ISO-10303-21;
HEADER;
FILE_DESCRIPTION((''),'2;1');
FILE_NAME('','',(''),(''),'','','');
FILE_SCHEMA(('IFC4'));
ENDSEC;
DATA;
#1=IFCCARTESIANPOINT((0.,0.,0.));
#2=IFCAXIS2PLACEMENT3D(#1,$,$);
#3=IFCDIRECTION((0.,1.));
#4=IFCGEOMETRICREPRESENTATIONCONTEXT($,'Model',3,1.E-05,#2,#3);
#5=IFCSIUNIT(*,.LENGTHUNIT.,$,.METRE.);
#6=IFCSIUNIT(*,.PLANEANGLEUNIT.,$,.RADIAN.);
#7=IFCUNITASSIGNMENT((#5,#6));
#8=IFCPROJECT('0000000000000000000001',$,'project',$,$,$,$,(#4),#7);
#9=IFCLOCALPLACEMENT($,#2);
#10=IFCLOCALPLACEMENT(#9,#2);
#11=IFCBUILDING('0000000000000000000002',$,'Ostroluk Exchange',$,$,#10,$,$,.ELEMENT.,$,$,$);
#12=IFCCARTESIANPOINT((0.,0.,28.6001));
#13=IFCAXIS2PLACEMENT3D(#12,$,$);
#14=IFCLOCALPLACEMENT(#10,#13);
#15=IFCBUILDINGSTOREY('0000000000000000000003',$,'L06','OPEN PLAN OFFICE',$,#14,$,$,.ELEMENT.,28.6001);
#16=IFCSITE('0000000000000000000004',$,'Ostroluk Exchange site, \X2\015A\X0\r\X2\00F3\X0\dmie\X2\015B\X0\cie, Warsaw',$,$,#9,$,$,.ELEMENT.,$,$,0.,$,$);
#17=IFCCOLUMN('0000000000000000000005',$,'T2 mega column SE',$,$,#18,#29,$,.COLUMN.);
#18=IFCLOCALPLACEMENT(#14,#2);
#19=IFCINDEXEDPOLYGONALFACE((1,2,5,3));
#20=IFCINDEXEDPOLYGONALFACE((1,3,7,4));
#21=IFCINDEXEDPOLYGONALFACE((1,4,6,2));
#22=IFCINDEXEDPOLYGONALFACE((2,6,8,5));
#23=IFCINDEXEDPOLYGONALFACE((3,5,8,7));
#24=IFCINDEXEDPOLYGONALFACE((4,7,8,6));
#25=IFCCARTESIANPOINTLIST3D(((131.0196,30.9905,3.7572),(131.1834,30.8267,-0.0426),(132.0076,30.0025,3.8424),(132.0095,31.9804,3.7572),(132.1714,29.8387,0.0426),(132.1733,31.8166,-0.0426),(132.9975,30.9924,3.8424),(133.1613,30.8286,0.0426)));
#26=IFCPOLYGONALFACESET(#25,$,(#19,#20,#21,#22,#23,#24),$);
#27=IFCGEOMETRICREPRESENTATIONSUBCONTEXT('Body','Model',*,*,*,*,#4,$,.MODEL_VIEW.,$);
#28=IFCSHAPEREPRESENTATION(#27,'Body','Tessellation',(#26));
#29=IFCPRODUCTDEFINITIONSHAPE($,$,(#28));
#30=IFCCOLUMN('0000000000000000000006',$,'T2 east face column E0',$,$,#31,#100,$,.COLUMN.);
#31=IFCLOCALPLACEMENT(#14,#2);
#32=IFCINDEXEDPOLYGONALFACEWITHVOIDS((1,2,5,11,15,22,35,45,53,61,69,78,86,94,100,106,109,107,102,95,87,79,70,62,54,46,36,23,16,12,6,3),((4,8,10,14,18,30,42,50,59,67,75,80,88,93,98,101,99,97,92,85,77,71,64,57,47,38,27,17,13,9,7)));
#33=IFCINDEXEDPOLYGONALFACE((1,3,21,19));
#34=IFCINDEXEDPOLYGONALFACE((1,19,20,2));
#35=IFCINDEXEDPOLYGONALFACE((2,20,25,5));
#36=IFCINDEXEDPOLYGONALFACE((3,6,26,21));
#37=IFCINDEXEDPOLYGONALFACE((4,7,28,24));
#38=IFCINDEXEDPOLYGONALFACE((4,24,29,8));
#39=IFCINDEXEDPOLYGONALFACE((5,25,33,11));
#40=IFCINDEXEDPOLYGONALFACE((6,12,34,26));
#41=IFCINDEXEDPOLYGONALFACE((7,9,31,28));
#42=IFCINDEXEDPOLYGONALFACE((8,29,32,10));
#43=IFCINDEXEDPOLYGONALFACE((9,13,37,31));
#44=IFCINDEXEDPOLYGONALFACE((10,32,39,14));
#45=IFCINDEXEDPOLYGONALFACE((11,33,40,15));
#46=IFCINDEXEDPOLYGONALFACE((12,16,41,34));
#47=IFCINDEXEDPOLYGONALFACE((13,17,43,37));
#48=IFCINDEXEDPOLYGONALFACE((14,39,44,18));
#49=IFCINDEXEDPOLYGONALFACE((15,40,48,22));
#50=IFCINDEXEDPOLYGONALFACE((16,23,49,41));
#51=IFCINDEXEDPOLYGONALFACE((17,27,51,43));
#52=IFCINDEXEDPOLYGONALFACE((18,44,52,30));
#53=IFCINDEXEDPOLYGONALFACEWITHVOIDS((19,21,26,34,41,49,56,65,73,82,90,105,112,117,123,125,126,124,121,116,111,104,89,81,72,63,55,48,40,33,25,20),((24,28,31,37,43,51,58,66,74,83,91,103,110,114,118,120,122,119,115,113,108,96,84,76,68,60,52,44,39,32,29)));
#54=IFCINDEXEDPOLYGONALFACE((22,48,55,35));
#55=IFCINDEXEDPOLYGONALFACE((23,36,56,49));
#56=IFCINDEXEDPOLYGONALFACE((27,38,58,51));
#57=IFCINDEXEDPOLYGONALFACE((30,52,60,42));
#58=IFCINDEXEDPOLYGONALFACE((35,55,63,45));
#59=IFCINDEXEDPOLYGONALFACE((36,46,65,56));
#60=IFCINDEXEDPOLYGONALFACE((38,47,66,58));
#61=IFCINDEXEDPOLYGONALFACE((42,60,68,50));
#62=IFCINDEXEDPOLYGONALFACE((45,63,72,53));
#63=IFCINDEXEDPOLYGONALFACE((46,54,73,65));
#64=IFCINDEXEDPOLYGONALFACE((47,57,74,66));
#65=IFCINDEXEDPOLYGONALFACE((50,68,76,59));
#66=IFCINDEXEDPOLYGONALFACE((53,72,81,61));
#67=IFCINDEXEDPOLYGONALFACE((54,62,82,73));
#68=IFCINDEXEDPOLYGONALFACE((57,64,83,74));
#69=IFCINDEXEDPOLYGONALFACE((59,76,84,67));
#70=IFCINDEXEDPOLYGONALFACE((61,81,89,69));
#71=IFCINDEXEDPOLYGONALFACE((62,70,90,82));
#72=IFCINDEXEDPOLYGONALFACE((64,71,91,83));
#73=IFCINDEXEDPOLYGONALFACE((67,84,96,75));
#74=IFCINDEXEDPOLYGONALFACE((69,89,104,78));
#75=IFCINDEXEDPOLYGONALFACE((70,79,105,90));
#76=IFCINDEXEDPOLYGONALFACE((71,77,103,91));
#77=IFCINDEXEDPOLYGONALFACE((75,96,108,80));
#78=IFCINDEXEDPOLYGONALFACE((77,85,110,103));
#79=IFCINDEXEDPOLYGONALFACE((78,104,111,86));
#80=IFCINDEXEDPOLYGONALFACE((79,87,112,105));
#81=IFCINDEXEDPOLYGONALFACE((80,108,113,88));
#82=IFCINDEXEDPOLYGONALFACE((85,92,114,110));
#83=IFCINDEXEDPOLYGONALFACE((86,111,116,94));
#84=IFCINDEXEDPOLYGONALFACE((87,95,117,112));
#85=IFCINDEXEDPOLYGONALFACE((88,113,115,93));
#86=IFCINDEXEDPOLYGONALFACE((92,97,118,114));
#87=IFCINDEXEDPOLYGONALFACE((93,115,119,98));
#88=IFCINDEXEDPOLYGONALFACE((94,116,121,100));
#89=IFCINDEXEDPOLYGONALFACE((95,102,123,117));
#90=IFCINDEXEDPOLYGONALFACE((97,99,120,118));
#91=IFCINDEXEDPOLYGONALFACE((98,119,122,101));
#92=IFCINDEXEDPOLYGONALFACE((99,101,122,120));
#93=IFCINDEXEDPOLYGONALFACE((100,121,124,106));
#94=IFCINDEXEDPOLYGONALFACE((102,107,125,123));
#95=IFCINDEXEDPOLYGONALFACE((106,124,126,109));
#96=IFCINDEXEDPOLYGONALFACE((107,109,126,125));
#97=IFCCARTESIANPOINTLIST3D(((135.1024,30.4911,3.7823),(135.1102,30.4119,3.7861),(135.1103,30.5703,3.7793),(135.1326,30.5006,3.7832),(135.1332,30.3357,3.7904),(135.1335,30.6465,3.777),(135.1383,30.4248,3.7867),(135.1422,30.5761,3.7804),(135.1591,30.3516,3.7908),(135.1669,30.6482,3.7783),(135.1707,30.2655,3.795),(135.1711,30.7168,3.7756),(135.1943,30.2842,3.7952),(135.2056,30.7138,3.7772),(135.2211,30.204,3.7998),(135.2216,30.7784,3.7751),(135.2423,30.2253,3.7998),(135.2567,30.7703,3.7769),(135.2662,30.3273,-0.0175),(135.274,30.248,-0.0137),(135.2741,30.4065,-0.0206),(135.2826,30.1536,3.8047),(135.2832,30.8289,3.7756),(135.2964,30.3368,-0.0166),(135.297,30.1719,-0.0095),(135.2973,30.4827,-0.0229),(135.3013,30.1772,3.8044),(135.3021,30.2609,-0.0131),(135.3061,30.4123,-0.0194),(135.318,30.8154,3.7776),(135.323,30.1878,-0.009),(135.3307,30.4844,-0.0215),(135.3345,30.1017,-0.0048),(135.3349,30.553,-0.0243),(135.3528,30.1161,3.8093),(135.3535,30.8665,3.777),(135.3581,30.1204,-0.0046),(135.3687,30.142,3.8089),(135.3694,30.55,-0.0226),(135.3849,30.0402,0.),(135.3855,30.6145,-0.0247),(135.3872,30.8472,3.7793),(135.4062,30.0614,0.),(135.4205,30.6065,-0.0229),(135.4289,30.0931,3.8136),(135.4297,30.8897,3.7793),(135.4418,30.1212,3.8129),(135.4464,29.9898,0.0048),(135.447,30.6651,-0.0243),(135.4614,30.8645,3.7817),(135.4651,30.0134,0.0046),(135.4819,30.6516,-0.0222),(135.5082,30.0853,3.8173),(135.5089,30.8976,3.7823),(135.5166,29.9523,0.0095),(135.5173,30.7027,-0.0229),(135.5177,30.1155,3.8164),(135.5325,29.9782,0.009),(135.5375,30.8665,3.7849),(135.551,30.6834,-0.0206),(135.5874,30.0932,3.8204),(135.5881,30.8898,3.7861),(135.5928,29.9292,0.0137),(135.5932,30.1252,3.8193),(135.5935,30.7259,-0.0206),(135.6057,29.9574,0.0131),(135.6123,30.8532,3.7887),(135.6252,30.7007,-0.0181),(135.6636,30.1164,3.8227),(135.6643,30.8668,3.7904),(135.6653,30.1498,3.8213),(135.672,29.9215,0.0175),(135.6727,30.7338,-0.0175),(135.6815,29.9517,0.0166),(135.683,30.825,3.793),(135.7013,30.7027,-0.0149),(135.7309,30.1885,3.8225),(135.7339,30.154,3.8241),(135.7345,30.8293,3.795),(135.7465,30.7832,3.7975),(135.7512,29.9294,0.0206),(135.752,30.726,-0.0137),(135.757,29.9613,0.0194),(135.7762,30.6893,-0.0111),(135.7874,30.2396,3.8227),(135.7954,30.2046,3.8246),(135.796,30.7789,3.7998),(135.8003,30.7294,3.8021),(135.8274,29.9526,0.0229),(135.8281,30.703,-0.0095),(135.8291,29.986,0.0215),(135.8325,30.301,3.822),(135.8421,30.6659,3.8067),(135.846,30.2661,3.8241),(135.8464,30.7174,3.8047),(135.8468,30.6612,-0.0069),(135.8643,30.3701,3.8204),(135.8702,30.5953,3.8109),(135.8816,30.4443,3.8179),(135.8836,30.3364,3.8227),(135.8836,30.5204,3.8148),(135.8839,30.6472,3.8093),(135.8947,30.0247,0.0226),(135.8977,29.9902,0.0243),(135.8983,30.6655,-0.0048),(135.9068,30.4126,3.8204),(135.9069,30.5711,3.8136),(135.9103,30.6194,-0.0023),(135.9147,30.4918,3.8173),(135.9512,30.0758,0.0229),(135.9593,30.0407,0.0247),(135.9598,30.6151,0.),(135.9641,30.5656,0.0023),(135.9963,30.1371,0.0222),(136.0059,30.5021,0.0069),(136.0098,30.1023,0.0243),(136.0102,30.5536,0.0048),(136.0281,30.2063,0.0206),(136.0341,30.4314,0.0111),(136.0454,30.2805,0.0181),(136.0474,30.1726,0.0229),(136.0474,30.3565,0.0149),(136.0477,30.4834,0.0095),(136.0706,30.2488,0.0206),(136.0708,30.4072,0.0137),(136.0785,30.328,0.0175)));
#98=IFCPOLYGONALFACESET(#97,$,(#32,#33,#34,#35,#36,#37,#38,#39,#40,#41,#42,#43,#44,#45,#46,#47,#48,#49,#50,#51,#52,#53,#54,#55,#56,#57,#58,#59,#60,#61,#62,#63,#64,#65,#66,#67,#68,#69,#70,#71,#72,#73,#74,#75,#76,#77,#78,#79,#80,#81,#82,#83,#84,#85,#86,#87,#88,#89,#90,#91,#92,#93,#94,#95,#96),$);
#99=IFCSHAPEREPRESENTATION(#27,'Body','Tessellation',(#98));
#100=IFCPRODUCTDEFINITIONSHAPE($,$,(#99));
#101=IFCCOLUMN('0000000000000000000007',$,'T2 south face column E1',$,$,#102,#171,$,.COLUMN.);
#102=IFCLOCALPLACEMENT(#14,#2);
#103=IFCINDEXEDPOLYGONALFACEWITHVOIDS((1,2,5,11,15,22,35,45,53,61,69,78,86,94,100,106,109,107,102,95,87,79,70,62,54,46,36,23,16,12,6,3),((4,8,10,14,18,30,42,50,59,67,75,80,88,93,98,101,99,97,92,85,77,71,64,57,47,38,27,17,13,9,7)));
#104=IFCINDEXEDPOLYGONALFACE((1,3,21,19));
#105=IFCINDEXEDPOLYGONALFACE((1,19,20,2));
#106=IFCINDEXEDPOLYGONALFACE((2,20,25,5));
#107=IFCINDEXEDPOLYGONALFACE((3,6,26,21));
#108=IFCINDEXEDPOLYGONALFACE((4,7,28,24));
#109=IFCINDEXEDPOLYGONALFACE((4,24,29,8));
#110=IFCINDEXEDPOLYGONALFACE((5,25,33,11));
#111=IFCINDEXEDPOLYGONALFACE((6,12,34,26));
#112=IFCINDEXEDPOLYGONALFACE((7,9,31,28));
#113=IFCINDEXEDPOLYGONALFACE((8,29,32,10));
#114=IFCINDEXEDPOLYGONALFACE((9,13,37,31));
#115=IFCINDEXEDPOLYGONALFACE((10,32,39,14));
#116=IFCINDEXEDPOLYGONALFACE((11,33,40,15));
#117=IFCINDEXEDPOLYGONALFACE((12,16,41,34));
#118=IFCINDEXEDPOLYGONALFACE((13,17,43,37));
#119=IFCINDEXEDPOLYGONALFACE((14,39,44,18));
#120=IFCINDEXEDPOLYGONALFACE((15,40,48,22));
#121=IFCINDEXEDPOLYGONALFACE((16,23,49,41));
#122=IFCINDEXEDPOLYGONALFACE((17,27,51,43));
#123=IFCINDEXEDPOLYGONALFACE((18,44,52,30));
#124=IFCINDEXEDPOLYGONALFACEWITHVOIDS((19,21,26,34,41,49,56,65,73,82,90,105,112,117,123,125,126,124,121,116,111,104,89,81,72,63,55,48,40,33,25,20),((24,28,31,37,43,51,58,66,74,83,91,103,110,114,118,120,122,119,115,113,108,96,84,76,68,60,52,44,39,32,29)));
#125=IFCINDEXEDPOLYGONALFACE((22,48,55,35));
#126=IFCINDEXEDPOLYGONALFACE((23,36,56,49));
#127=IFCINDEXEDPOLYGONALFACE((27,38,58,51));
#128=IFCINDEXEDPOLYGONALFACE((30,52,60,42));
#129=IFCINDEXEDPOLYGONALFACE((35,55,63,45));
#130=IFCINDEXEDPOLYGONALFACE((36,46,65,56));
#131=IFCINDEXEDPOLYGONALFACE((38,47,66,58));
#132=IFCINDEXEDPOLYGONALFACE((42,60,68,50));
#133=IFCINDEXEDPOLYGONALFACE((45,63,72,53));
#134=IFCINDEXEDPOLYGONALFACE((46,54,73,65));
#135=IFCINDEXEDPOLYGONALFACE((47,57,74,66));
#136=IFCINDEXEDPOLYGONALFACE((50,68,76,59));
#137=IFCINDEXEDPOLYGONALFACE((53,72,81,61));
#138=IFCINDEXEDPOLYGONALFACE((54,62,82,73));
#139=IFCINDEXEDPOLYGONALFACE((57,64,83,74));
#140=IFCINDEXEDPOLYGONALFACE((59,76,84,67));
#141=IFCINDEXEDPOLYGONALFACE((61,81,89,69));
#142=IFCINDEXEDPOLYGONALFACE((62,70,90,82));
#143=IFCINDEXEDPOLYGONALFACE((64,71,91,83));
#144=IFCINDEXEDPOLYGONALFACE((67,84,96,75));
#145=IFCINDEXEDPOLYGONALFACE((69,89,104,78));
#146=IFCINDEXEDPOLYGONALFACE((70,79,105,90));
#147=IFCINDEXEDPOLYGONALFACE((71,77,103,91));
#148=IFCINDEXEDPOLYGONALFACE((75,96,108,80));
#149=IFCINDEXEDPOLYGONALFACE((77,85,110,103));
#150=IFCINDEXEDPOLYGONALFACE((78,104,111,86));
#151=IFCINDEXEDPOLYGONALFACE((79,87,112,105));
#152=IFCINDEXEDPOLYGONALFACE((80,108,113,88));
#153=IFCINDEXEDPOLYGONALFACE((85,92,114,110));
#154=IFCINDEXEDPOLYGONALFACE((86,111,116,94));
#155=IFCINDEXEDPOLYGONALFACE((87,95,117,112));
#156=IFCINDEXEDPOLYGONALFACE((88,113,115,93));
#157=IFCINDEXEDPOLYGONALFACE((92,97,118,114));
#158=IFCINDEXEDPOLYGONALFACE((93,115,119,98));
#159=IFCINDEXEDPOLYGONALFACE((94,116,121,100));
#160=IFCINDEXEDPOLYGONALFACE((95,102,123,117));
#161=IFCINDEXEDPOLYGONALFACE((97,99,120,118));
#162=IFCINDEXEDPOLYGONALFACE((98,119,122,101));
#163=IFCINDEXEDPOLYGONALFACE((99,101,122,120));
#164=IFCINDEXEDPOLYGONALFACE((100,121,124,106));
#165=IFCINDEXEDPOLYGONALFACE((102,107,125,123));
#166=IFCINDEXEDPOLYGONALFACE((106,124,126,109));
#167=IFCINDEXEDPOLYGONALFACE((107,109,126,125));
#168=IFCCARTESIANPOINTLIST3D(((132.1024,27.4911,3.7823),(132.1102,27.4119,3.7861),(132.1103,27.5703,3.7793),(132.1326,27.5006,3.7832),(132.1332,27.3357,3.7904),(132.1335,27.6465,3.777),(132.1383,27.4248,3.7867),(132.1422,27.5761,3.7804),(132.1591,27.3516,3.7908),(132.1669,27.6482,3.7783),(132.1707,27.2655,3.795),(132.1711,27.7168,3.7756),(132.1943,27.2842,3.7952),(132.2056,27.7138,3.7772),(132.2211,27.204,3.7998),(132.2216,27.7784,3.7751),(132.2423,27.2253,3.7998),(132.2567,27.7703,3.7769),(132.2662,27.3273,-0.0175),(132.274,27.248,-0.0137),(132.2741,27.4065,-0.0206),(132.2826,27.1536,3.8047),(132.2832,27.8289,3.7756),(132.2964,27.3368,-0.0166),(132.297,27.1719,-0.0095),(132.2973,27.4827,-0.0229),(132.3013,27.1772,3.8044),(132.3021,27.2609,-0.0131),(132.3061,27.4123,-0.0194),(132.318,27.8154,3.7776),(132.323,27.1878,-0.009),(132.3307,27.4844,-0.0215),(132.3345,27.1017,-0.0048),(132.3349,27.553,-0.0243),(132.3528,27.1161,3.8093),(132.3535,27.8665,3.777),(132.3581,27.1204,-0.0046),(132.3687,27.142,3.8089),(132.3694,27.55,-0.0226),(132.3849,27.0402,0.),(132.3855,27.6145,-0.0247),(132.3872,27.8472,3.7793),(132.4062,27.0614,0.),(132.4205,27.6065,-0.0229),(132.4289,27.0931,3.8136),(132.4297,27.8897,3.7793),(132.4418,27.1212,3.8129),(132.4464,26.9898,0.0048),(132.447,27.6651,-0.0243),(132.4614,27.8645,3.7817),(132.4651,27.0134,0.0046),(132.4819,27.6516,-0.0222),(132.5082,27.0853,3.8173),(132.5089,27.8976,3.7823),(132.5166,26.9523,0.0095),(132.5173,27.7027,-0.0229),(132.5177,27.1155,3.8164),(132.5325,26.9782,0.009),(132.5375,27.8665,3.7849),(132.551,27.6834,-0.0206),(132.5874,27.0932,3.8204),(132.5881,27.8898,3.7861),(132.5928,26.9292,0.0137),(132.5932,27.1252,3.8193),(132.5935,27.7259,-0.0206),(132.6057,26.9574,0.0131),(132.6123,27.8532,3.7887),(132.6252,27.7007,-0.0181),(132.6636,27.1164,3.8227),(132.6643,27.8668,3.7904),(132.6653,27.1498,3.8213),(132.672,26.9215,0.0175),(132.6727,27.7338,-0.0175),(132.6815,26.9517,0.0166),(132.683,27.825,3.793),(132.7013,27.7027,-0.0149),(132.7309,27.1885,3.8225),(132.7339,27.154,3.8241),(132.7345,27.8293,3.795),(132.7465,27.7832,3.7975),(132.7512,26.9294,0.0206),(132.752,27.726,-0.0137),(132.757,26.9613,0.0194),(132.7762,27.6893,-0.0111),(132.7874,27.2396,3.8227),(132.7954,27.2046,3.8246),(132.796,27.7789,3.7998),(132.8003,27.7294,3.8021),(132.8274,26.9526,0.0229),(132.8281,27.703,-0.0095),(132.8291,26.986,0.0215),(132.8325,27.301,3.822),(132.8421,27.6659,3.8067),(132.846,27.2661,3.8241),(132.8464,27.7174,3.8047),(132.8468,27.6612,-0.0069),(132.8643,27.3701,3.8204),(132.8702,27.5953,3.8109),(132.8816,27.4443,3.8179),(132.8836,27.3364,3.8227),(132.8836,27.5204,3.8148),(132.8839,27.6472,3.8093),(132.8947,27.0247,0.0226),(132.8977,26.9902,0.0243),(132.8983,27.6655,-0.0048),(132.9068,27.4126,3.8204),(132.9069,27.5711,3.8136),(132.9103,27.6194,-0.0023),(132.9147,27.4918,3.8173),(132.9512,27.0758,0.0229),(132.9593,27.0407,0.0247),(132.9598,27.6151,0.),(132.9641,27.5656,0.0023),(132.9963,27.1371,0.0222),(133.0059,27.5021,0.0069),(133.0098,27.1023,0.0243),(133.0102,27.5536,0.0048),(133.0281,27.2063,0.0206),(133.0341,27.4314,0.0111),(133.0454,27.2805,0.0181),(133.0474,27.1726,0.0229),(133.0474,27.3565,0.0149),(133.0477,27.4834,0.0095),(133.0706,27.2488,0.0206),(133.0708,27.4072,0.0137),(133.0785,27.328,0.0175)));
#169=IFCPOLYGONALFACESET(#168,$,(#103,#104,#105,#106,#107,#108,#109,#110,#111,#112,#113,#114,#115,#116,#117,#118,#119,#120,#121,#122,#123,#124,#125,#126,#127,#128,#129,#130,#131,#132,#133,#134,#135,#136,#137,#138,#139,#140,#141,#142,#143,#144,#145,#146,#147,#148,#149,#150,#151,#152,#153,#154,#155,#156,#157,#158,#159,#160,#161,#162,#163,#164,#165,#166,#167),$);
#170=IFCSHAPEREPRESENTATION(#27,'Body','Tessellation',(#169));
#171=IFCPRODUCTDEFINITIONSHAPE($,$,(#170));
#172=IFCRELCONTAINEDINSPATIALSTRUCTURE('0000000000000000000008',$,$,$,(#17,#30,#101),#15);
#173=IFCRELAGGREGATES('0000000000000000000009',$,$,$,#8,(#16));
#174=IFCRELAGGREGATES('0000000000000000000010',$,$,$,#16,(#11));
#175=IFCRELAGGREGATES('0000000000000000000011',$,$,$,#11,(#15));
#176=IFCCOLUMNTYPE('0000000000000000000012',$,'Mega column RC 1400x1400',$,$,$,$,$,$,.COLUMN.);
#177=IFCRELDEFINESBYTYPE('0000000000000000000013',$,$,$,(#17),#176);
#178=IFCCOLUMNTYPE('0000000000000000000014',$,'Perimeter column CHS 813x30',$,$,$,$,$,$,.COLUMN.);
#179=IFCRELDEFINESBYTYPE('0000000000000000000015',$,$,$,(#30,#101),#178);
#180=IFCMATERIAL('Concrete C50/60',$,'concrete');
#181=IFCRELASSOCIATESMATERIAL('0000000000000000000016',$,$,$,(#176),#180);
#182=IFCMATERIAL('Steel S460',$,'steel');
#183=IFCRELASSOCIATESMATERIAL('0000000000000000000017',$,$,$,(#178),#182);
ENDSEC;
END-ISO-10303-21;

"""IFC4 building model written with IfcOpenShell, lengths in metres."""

from ifc_helpers import new_model, si_unit, direction, frame, origin, origin_2d, place, context, subcontext, project, spatial, rectangle, hollow_circle, extrude, material, material_profile, profile_set, type_object, element, save


model = new_model("IFC4")

# Units and contexts
model_context = context("Model", 3, precision=1e-05, world=origin(), true_north=direction((0.0, 1.0)))
body_context = subcontext(model_context, "Body", "Model", "MODEL_VIEW")
ifc_project = project(units=[si_unit("LENGTHUNIT", "METRE"), si_unit("PLANEANGLEUNIT", "RADIAN")], contexts=[model_context])

# Site, building, storey
site_placement = place(None, origin())
site = spatial("IfcSite", under=ifc_project, at=site_placement, Name="Ostroluk Exchange site, Śródmieście, Warsaw", CompositionType="ELEMENT", RefElevation=0.0)
building_placement = place(site_placement, origin())
building = spatial("IfcBuilding", under=site, at=building_placement, Name="Ostroluk Exchange", CompositionType="ELEMENT")
storey_placement = place(building_placement, frame((0.0, 0.0, 28.6001)))
storey = spatial("IfcBuildingStorey", under=building, at=storey_placement, Name="L06", Description="OPEN PLAN OFFICE", CompositionType="ELEMENT", Elevation=28.6001)

# Columns
ifc_material_1 = material(Name="Concrete C50/60", Category="concrete")
ifc_material_profile_1 = material_profile(ifc_material_1, rectangle(XDim=1.3999, YDim=1.3999, at=origin_2d()), Name="RC 1400x1400")
ifc_profile_set_1 = profile_set([ifc_material_profile_1], Name="Concrete C50/60")
column_type_1 = type_object("IfcColumnType", Name="Mega column RC 1400x1400", PredefinedType="COLUMN", material=ifc_profile_set_1)
column_placement = place(storey_placement, frame((132.1724, 30.8276, 0.0), z_axis=(-0.043032, 0.043032, 0.998146), x_axis=(-0.707107, -0.707107, 0.0)))
element("IfcColumn", 1, at=column_placement, inside=storey, type_object=column_type_1, Name="T2 mega column SE", PredefinedType="COLUMN", context=body_context, shape_type="SweptSolid", body=[
    extrude(rectangle(XDim=1.3999, YDim=1.3999, at=origin_2d()), origin(), (0.0, 0.0, 1.0), 3.8069),
])
ifc_material_2 = material(Name="Steel S460", Category="steel")
ifc_material_profile_2 = material_profile(ifc_material_2, hollow_circle(Radius=0.4065, WallThickness=0.03, at=origin_2d()), Name="CHS 813x30")
ifc_profile_set_2 = profile_set([ifc_material_profile_2], Name="Steel S460")
column_type_2 = type_object("IfcColumnType", Name="Perimeter column CHS 813x30", PredefinedType="COLUMN", material=ifc_profile_set_2)
for number, where, z_axis, x_axis, name in (
    (2, (135.6724, 30.3276, 0.0), (-0.043032, 0.043032, 0.998146), (-0.707107, -0.707107, 0.0), "T2 east face column E0"),
    (3, (132.6724, 27.3276, 0.0), (-0.043032, 0.043032, 0.998146), (-0.707107, -0.707107, 0.0), "T2 south face column E1"),
):
    element("IfcColumn", number, at=place(storey_placement, frame(where, z_axis=z_axis, x_axis=x_axis)), inside=storey, type_object=column_type_2, Name=name, PredefinedType="COLUMN", context=body_context, shape_type="SweptSolid", body=[
        extrude(hollow_circle(Radius=0.4065, WallThickness=0.03, at=origin_2d()), origin(), (0.0, 0.0, 1.0), 3.8069),
    ])

save(model, "model.ifc")
